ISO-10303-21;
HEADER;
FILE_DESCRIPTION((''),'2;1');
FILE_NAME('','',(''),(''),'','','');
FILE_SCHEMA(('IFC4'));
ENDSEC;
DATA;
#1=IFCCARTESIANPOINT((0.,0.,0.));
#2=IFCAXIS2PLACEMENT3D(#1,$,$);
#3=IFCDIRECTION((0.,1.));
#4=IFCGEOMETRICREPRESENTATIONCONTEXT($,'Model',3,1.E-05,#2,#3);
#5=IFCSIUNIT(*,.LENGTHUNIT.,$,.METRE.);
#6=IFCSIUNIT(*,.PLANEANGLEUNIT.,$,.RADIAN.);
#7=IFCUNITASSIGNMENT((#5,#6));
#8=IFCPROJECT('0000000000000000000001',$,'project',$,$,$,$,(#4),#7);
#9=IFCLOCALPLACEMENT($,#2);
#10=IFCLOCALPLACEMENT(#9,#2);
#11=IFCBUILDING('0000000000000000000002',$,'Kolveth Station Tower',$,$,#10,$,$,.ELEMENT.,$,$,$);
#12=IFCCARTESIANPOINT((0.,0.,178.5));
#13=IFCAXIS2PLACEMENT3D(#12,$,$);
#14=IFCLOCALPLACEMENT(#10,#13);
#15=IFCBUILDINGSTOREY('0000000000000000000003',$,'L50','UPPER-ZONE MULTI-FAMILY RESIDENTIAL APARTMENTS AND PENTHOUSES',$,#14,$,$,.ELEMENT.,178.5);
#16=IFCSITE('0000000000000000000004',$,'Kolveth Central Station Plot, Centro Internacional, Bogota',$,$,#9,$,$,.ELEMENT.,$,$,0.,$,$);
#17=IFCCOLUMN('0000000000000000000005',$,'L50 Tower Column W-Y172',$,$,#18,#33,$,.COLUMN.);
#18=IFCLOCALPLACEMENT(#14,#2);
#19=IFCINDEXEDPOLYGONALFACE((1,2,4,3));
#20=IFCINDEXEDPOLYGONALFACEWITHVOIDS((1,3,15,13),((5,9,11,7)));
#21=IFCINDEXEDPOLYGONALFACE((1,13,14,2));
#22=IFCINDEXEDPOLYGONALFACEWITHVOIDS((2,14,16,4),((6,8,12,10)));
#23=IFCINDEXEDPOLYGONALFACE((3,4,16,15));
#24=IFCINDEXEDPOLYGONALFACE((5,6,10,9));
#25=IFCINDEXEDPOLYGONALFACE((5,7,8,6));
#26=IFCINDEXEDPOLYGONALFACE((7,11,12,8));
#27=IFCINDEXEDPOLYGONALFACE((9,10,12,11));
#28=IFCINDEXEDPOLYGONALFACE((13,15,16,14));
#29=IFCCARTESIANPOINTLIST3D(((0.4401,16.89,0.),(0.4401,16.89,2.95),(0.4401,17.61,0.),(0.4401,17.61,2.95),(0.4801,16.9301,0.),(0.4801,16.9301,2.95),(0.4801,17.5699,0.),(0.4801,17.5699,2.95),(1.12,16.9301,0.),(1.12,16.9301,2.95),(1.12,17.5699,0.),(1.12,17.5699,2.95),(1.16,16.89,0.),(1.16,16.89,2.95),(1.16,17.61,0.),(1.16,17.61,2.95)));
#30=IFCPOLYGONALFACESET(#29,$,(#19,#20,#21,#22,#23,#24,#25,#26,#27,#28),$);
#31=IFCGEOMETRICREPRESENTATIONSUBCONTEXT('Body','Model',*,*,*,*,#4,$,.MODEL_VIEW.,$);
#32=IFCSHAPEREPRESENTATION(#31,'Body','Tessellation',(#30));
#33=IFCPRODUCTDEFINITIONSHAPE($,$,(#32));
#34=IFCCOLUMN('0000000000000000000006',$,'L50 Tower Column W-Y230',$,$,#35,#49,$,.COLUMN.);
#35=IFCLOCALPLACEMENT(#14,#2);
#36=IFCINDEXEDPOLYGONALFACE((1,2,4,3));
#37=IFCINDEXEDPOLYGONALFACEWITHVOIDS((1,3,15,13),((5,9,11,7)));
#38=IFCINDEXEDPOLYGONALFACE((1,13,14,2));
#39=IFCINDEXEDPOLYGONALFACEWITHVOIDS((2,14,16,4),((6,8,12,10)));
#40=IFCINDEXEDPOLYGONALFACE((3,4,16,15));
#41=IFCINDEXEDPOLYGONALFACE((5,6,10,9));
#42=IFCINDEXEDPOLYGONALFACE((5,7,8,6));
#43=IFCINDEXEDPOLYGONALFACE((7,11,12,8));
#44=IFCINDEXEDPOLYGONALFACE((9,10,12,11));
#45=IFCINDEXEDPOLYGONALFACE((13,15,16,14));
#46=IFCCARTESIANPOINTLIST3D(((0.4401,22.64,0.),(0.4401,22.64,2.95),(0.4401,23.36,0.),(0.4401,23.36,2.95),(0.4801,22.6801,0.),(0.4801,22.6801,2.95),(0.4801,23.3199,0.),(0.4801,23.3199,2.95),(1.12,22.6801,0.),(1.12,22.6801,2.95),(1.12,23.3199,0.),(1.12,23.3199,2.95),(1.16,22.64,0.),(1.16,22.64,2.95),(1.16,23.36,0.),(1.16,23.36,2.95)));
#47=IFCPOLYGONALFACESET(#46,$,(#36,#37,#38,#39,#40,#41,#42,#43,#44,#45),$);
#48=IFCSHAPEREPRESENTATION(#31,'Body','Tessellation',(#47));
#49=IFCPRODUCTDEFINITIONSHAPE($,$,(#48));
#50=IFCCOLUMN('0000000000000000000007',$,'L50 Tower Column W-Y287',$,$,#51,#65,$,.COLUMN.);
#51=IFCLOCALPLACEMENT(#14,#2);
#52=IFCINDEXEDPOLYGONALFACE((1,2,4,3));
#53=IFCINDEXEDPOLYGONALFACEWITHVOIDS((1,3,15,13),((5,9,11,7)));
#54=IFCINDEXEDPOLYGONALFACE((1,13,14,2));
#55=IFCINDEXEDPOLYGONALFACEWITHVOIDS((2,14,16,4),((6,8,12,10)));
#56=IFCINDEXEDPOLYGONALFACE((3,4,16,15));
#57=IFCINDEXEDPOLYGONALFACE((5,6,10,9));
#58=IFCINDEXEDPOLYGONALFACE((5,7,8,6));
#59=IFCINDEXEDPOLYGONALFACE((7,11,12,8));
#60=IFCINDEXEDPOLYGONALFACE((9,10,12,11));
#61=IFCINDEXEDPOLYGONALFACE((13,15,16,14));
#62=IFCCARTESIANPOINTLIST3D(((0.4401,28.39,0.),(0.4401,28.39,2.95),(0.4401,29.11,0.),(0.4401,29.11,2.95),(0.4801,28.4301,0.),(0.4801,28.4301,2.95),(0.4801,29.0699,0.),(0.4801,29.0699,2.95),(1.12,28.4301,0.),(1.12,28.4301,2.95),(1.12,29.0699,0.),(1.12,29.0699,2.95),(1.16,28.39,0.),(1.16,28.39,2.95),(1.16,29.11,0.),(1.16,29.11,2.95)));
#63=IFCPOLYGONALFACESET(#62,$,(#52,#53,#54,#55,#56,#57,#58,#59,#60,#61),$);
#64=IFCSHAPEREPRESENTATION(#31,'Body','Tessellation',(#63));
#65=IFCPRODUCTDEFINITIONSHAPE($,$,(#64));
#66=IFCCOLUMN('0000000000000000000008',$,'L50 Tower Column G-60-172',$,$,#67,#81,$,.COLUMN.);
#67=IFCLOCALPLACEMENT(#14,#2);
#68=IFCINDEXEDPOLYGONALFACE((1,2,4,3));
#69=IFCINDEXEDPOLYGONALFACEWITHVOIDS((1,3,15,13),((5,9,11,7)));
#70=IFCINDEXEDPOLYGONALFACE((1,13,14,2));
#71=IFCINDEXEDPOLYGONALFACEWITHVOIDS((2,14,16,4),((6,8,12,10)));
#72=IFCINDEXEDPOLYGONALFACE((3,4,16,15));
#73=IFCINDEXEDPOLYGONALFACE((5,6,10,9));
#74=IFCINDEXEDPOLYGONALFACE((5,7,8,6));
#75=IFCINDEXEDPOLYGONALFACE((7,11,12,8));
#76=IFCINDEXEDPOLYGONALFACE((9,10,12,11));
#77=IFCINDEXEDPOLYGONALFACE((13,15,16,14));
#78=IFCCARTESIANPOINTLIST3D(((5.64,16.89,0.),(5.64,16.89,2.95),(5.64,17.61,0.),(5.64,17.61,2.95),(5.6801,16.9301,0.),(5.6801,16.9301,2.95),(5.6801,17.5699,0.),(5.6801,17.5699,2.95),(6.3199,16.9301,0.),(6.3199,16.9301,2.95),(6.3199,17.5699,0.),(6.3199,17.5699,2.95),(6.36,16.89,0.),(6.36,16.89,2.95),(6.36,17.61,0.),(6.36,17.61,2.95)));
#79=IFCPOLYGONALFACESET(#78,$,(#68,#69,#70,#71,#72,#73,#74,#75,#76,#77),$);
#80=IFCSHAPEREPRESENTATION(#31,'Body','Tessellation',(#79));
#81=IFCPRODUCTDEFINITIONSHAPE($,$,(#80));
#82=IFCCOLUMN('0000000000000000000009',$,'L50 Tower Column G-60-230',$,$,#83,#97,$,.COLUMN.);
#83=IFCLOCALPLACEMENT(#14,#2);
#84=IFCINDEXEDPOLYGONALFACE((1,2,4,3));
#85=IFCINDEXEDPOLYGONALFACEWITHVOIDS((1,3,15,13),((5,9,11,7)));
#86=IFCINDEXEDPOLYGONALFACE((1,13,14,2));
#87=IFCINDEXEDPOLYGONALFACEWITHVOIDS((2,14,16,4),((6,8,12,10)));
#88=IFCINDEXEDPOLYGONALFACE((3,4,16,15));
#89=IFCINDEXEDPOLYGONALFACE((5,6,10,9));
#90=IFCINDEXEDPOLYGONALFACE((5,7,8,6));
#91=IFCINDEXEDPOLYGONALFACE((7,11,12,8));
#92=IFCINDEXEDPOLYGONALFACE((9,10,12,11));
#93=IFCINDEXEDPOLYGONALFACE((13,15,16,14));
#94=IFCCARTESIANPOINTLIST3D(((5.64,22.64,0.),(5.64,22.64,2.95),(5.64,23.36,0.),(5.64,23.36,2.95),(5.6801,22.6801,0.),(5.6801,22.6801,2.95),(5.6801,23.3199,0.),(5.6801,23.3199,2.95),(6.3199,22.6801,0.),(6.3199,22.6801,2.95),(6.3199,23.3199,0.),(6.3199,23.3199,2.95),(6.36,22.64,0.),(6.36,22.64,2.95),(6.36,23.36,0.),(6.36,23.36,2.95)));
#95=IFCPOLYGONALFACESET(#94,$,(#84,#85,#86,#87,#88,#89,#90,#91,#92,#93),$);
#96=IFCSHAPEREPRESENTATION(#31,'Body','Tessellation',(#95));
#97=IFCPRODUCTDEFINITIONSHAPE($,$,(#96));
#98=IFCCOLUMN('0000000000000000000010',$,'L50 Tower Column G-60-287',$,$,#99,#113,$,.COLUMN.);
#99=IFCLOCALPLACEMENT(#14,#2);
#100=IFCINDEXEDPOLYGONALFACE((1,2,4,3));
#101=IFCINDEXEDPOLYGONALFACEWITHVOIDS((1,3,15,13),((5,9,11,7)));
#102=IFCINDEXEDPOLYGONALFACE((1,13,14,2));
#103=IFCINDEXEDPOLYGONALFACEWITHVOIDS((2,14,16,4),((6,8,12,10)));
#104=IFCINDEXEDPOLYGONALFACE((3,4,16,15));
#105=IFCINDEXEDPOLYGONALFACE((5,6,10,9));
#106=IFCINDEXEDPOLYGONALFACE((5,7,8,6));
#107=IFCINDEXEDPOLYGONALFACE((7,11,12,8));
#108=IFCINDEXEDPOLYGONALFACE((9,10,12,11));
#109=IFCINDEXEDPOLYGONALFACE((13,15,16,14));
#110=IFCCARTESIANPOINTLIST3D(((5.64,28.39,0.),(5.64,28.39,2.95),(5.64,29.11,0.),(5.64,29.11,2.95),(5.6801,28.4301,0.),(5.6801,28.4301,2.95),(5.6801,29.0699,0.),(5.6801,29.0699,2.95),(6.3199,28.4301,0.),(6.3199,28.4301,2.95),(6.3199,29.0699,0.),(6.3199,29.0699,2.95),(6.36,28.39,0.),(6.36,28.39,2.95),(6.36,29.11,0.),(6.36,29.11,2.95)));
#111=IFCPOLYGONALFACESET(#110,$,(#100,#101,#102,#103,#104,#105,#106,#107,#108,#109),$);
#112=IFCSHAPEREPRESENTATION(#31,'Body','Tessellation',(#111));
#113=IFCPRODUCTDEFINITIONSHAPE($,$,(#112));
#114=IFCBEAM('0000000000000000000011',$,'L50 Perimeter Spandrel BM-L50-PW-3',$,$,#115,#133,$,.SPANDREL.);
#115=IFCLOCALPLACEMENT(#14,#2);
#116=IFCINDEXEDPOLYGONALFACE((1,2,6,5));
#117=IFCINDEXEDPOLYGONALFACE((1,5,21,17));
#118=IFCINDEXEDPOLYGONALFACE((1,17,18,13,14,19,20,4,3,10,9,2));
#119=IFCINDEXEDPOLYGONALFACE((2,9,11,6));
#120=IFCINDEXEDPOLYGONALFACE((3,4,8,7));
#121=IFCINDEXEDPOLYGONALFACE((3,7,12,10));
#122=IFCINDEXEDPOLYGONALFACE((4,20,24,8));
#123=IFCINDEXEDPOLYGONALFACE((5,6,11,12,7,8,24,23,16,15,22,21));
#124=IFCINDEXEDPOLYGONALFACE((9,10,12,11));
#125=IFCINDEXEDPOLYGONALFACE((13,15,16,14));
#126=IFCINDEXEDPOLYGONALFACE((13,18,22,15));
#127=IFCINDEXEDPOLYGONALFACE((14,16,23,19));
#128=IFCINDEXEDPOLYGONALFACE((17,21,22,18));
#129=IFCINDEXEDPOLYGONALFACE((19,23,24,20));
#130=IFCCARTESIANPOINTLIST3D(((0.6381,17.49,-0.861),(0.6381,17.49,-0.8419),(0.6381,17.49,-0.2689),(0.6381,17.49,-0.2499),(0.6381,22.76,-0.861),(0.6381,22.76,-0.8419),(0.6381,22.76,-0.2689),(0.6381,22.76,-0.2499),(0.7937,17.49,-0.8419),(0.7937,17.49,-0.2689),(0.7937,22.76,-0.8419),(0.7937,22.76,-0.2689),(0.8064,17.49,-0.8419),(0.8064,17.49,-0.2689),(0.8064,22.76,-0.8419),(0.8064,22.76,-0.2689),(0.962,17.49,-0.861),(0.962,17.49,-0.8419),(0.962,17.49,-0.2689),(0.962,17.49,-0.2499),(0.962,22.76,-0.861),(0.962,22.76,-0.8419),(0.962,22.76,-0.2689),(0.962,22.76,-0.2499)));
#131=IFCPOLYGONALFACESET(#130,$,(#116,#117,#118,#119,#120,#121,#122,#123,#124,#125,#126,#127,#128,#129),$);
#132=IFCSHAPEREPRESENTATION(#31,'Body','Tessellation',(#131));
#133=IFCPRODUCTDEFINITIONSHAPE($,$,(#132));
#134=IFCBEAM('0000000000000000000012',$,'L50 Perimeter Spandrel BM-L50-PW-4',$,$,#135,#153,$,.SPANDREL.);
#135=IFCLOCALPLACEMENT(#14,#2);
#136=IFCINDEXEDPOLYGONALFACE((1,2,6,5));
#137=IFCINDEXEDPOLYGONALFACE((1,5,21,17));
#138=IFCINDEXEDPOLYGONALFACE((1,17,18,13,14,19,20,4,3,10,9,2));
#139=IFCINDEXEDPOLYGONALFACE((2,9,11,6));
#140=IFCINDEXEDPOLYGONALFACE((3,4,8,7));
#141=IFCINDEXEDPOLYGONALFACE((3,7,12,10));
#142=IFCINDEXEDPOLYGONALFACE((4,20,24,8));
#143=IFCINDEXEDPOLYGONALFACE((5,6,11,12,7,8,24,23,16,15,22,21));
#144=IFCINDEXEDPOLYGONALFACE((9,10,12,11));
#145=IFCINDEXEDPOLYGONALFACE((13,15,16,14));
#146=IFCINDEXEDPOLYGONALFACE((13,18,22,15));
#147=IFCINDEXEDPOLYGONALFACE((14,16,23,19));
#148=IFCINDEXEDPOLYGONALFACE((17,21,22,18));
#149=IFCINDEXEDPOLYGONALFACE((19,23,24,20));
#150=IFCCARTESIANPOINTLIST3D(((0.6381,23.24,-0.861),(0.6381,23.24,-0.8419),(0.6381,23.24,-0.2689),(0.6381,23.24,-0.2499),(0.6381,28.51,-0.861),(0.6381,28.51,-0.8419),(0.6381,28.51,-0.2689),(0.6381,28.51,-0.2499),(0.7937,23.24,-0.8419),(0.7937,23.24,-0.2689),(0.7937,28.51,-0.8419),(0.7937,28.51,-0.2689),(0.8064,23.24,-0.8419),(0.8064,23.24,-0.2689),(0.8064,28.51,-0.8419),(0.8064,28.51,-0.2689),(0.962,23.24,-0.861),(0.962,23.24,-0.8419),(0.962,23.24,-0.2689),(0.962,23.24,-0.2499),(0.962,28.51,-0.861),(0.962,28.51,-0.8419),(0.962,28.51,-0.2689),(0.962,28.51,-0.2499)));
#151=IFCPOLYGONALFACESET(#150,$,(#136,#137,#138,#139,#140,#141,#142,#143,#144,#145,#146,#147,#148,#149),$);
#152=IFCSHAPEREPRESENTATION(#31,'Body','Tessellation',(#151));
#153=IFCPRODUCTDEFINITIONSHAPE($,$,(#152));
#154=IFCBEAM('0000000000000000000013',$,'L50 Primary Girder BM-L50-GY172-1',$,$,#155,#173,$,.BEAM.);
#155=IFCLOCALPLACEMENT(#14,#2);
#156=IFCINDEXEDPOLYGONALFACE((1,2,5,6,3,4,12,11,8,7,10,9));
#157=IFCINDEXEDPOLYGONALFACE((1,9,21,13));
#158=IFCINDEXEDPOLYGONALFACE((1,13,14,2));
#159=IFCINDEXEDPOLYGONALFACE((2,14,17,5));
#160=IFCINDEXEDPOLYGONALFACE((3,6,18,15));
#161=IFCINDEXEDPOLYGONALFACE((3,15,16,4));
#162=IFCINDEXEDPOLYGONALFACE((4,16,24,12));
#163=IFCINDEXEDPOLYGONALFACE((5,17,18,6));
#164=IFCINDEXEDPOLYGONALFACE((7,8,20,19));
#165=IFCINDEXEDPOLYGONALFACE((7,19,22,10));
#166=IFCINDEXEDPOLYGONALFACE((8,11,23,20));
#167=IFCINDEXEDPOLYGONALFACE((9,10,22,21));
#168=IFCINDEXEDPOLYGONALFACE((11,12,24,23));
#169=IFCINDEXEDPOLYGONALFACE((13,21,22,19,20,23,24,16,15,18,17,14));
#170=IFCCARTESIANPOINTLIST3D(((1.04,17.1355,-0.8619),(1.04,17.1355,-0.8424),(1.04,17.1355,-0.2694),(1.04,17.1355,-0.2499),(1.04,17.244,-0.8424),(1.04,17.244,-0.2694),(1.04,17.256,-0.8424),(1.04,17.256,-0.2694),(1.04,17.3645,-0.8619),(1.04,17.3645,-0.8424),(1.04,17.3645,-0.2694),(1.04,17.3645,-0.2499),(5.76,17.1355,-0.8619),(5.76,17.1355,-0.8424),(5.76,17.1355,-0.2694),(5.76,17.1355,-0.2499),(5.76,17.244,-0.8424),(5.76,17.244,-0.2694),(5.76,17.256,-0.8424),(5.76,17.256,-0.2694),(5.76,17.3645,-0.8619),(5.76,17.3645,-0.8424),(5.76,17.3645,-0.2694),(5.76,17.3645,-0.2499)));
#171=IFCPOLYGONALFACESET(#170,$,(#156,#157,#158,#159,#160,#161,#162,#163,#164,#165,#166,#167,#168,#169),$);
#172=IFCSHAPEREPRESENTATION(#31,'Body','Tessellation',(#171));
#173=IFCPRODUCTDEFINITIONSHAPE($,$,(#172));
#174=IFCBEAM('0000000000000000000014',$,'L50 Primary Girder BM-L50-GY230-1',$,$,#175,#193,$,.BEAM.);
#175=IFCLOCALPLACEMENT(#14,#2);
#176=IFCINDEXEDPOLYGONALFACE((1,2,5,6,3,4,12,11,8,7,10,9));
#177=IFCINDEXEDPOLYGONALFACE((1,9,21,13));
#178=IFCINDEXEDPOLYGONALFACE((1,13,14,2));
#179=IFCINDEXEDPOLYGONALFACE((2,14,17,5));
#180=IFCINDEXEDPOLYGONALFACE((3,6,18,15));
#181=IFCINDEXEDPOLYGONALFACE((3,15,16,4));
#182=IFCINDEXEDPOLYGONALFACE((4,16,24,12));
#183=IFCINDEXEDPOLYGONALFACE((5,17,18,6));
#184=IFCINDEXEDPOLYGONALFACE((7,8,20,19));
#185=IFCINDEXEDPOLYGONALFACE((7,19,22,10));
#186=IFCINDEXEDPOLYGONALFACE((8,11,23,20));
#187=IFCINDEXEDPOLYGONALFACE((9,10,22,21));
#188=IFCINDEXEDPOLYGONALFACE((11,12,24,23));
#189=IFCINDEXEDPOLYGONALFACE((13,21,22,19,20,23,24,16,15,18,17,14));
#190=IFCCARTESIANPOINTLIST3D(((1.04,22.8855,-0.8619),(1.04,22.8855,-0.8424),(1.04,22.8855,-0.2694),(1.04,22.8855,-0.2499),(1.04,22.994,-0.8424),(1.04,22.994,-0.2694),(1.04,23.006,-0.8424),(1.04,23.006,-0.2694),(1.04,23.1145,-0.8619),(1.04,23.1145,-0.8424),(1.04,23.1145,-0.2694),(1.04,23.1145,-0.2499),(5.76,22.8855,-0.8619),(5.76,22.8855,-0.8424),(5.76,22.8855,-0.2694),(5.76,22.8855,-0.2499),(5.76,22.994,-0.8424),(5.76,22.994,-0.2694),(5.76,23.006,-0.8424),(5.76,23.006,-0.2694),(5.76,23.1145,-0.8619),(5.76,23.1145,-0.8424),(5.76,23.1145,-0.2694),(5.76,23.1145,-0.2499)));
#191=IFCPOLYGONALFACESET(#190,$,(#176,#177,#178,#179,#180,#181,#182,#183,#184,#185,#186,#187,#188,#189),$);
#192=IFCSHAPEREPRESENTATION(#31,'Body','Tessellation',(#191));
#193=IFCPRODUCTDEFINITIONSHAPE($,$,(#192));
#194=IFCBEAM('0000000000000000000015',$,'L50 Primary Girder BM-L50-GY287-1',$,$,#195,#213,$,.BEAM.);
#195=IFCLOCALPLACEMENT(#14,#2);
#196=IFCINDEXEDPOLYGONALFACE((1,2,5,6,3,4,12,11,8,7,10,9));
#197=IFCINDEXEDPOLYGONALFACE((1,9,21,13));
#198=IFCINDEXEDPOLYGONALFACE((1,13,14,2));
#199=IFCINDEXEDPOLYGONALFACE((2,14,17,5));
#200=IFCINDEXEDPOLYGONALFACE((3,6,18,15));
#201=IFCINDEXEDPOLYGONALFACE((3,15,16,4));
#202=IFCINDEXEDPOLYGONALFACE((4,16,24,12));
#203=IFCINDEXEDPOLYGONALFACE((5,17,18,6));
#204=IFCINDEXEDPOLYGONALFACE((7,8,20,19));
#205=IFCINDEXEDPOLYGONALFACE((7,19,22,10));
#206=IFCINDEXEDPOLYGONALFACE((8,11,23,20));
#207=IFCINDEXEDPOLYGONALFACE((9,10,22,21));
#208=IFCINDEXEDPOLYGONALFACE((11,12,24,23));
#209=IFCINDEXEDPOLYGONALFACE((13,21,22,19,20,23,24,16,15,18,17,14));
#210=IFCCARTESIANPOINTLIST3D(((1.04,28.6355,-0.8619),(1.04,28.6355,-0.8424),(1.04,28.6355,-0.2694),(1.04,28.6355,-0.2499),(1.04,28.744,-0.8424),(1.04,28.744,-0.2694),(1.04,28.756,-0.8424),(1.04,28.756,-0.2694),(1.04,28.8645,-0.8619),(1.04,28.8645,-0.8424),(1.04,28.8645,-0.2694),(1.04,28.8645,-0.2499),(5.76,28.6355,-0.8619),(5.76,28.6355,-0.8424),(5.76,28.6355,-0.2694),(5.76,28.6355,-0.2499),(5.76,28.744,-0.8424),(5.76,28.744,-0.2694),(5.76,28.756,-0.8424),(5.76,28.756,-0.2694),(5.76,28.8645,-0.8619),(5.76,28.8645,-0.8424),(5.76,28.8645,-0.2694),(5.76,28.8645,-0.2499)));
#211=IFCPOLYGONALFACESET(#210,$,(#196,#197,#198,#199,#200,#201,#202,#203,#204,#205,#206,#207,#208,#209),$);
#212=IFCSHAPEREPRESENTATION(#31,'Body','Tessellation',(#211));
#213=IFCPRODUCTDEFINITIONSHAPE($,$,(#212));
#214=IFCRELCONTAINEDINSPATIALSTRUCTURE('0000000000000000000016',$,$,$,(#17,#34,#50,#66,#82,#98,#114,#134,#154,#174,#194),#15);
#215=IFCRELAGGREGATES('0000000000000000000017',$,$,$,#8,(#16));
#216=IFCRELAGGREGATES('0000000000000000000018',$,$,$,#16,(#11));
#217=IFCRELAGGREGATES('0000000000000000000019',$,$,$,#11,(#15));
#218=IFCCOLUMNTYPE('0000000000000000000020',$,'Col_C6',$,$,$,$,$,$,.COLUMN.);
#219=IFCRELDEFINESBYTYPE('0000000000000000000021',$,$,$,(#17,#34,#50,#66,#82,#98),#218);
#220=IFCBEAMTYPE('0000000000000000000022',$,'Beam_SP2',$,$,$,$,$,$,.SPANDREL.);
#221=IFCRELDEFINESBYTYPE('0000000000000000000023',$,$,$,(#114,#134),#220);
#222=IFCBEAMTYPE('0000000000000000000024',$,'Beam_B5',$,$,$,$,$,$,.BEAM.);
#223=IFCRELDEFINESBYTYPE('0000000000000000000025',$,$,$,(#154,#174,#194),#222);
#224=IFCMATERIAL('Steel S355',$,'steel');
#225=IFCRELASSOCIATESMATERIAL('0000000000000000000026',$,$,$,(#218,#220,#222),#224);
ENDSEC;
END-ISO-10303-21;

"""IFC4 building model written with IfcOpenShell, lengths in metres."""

from ifc_helpers import new_model, si_unit, direction, frame, origin, origin_2d, place, context, subcontext, project, spatial, hollow_rectangle, i_section, extrude, source, transform, mapped, material, material_profile, profile_set, type_object, element, save


model = new_model("IFC4")

# Units and contexts
model_context = context("Model", 3, precision=1e-05, world=origin(), true_north=direction((0.0, 1.0)))
body_context = subcontext(model_context, "Body", "Model", "MODEL_VIEW")
ifc_project = project(units=[si_unit("LENGTHUNIT", "METRE"), si_unit("PLANEANGLEUNIT", "RADIAN")], contexts=[model_context])

# Site, building, storey
site_placement = place(None, origin())
site = spatial("IfcSite", under=ifc_project, at=site_placement, Name="Kolveth Central Station Plot, Centro Internacional, Bogota", CompositionType="ELEMENT", RefElevation=0.0)
building_placement = place(site_placement, origin())
building = spatial("IfcBuilding", under=site, at=building_placement, Name="Kolveth Station Tower", CompositionType="ELEMENT")
storey_placement = place(building_placement, frame((0.0, 0.0, 178.5)))
storey = spatial("IfcBuildingStorey", under=building, at=storey_placement, Name="L50", Description="UPPER-ZONE MULTI-FAMILY RESIDENTIAL APARTMENTS AND PENTHOUSES", CompositionType="ELEMENT", Elevation=178.5)

# Columns
ifc_material_1 = material(Name="Steel S355", Category="steel")
ifc_material_profile_1 = material_profile(ifc_material_1, hollow_rectangle(XDim=0.72, YDim=0.72, WallThickness=0.04, at=origin_2d()), Name="BOX720x720x40")
ifc_profile_set_1 = profile_set([ifc_material_profile_1], Name="Steel S355")
column_type = type_object("IfcColumnType", Name="Col_C6", PredefinedType="COLUMN", material=ifc_profile_set_1)
shared_shape_1 = source(origin(), body_context, "Body", "SweptSolid", [
    extrude(hollow_rectangle(XDim=0.72, YDim=0.72, WallThickness=0.04, at=origin_2d()), origin(), (0.0, 0.0, 1.0), 2.95),
])
for number, where, z_axis, x_axis, name in (
    (1, (0.8, 17.25, 0.0), (0.0, 0.0, 1.0), (1.0, 0.0, 0.0), "L50 Tower Column W-Y172"),
    (2, (0.8, 23.0, 0.0), (0.0, 0.0, 1.0), (1.0, 0.0, 0.0), "L50 Tower Column W-Y230"),
    (3, (0.8, 28.75, 0.0), (0.0, 0.0, 1.0), (1.0, 0.0, 0.0), "L50 Tower Column W-Y287"),
    (4, (6.0, 17.25, 0.0), (0.0, 0.0, 1.0), (1.0, 0.0, 0.0), "L50 Tower Column G-60-172"),
    (5, (6.0, 23.0, 0.0), (0.0, 0.0, 1.0), (1.0, 0.0, 0.0), "L50 Tower Column G-60-230"),
    (6, (6.0, 28.75, 0.0), (0.0, 0.0, 1.0), (1.0, 0.0, 0.0), "L50 Tower Column G-60-287"),
):
    element("IfcColumn", number, at=place(storey_placement, frame(where, z_axis=z_axis, x_axis=x_axis)), inside=storey, type_object=column_type, Name=name, PredefinedType="COLUMN", context=body_context, shape_type="MappedRepresentation", body=[
        mapped(shared_shape_1, transform((0.0, 0.0, 0.0), x_axis=(1.0, 0.0, 0.0), y_axis=(0.0, 1.0, 0.0), z_axis=(0.0, 0.0, 1.0), scale=1.0)),
    ])

# Beams
ifc_material_profile_2 = material_profile(ifc_material_1, i_section(OverallWidth=0.324, OverallDepth=0.6111, WebThickness=0.0127, FlangeThickness=0.019, at=origin_2d()), Name="W610x155")
ifc_profile_set_2 = profile_set([ifc_material_profile_2], Name="Steel S355")
beam_type_1 = type_object("IfcBeamType", Name="Beam_SP2", PredefinedType="SPANDREL", material=ifc_profile_set_2)
shared_shape_2 = source(origin(), body_context, "Body", "SweptSolid", [
    extrude(i_section(OverallWidth=0.324, OverallDepth=0.6111, WebThickness=0.0127, FlangeThickness=0.019, at=origin_2d()), origin(), (0.0, 0.0, 1.0), 5.27),
])
for number, where, z_axis, x_axis, name in (
    (7, (0.8, 17.49, -0.5554), (0.0, 1.0, 0.0), (-1.0, 0.0, 0.0), "L50 Perimeter Spandrel BM-L50-PW-3"),
    (8, (0.8, 23.24, -0.5554), (0.0, 1.0, 0.0), (-1.0, 0.0, 0.0), "L50 Perimeter Spandrel BM-L50-PW-4"),
):
    element("IfcBeam", number, at=place(storey_placement, frame(where, z_axis=z_axis, x_axis=x_axis)), inside=storey, type_object=beam_type_1, Name=name, PredefinedType="SPANDREL", context=body_context, shape_type="MappedRepresentation", body=[
        mapped(shared_shape_2, transform((0.0, 0.0, 0.0), x_axis=(1.0, 0.0, 0.0), y_axis=(0.0, 1.0, 0.0), z_axis=(0.0, 0.0, 1.0), scale=1.0)),
    ])
ifc_material_profile_3 = material_profile(ifc_material_1, i_section(OverallWidth=0.229, OverallDepth=0.6121, WebThickness=0.012, FlangeThickness=0.0195, at=origin_2d()), Name="W610x125")
ifc_profile_set_3 = profile_set([ifc_material_profile_3], Name="Steel S355")
beam_type_2 = type_object("IfcBeamType", Name="Beam_B5", PredefinedType="BEAM", material=ifc_profile_set_3)
shared_shape_3 = source(origin(), body_context, "Body", "SweptSolid", [
    extrude(i_section(OverallWidth=0.229, OverallDepth=0.6121, WebThickness=0.012, FlangeThickness=0.0195, at=origin_2d()), origin(), (0.0, 0.0, 1.0), 4.72),
])
for number, where, z_axis, x_axis, name in (
    (9, (1.04, 17.25, -0.5559), (1.0, 0.0, 0.0), (0.0, 1.0, 0.0), "L50 Primary Girder BM-L50-GY172-1"),
    (10, (1.04, 23.0, -0.5559), (1.0, 0.0, 0.0), (0.0, 1.0, 0.0), "L50 Primary Girder BM-L50-GY230-1"),
    (11, (1.04, 28.75, -0.5559), (1.0, 0.0, 0.0), (0.0, 1.0, 0.0), "L50 Primary Girder BM-L50-GY287-1"),
):
    element("IfcBeam", number, at=place(storey_placement, frame(where, z_axis=z_axis, x_axis=x_axis)), inside=storey, type_object=beam_type_2, Name=name, PredefinedType="BEAM", context=body_context, shape_type="MappedRepresentation", body=[
        mapped(shared_shape_3, transform((0.0, 0.0, 0.0), x_axis=(1.0, 0.0, 0.0), y_axis=(0.0, 1.0, 0.0), z_axis=(0.0, 0.0, 1.0), scale=1.0)),
    ])

save(model, "model.ifc")
